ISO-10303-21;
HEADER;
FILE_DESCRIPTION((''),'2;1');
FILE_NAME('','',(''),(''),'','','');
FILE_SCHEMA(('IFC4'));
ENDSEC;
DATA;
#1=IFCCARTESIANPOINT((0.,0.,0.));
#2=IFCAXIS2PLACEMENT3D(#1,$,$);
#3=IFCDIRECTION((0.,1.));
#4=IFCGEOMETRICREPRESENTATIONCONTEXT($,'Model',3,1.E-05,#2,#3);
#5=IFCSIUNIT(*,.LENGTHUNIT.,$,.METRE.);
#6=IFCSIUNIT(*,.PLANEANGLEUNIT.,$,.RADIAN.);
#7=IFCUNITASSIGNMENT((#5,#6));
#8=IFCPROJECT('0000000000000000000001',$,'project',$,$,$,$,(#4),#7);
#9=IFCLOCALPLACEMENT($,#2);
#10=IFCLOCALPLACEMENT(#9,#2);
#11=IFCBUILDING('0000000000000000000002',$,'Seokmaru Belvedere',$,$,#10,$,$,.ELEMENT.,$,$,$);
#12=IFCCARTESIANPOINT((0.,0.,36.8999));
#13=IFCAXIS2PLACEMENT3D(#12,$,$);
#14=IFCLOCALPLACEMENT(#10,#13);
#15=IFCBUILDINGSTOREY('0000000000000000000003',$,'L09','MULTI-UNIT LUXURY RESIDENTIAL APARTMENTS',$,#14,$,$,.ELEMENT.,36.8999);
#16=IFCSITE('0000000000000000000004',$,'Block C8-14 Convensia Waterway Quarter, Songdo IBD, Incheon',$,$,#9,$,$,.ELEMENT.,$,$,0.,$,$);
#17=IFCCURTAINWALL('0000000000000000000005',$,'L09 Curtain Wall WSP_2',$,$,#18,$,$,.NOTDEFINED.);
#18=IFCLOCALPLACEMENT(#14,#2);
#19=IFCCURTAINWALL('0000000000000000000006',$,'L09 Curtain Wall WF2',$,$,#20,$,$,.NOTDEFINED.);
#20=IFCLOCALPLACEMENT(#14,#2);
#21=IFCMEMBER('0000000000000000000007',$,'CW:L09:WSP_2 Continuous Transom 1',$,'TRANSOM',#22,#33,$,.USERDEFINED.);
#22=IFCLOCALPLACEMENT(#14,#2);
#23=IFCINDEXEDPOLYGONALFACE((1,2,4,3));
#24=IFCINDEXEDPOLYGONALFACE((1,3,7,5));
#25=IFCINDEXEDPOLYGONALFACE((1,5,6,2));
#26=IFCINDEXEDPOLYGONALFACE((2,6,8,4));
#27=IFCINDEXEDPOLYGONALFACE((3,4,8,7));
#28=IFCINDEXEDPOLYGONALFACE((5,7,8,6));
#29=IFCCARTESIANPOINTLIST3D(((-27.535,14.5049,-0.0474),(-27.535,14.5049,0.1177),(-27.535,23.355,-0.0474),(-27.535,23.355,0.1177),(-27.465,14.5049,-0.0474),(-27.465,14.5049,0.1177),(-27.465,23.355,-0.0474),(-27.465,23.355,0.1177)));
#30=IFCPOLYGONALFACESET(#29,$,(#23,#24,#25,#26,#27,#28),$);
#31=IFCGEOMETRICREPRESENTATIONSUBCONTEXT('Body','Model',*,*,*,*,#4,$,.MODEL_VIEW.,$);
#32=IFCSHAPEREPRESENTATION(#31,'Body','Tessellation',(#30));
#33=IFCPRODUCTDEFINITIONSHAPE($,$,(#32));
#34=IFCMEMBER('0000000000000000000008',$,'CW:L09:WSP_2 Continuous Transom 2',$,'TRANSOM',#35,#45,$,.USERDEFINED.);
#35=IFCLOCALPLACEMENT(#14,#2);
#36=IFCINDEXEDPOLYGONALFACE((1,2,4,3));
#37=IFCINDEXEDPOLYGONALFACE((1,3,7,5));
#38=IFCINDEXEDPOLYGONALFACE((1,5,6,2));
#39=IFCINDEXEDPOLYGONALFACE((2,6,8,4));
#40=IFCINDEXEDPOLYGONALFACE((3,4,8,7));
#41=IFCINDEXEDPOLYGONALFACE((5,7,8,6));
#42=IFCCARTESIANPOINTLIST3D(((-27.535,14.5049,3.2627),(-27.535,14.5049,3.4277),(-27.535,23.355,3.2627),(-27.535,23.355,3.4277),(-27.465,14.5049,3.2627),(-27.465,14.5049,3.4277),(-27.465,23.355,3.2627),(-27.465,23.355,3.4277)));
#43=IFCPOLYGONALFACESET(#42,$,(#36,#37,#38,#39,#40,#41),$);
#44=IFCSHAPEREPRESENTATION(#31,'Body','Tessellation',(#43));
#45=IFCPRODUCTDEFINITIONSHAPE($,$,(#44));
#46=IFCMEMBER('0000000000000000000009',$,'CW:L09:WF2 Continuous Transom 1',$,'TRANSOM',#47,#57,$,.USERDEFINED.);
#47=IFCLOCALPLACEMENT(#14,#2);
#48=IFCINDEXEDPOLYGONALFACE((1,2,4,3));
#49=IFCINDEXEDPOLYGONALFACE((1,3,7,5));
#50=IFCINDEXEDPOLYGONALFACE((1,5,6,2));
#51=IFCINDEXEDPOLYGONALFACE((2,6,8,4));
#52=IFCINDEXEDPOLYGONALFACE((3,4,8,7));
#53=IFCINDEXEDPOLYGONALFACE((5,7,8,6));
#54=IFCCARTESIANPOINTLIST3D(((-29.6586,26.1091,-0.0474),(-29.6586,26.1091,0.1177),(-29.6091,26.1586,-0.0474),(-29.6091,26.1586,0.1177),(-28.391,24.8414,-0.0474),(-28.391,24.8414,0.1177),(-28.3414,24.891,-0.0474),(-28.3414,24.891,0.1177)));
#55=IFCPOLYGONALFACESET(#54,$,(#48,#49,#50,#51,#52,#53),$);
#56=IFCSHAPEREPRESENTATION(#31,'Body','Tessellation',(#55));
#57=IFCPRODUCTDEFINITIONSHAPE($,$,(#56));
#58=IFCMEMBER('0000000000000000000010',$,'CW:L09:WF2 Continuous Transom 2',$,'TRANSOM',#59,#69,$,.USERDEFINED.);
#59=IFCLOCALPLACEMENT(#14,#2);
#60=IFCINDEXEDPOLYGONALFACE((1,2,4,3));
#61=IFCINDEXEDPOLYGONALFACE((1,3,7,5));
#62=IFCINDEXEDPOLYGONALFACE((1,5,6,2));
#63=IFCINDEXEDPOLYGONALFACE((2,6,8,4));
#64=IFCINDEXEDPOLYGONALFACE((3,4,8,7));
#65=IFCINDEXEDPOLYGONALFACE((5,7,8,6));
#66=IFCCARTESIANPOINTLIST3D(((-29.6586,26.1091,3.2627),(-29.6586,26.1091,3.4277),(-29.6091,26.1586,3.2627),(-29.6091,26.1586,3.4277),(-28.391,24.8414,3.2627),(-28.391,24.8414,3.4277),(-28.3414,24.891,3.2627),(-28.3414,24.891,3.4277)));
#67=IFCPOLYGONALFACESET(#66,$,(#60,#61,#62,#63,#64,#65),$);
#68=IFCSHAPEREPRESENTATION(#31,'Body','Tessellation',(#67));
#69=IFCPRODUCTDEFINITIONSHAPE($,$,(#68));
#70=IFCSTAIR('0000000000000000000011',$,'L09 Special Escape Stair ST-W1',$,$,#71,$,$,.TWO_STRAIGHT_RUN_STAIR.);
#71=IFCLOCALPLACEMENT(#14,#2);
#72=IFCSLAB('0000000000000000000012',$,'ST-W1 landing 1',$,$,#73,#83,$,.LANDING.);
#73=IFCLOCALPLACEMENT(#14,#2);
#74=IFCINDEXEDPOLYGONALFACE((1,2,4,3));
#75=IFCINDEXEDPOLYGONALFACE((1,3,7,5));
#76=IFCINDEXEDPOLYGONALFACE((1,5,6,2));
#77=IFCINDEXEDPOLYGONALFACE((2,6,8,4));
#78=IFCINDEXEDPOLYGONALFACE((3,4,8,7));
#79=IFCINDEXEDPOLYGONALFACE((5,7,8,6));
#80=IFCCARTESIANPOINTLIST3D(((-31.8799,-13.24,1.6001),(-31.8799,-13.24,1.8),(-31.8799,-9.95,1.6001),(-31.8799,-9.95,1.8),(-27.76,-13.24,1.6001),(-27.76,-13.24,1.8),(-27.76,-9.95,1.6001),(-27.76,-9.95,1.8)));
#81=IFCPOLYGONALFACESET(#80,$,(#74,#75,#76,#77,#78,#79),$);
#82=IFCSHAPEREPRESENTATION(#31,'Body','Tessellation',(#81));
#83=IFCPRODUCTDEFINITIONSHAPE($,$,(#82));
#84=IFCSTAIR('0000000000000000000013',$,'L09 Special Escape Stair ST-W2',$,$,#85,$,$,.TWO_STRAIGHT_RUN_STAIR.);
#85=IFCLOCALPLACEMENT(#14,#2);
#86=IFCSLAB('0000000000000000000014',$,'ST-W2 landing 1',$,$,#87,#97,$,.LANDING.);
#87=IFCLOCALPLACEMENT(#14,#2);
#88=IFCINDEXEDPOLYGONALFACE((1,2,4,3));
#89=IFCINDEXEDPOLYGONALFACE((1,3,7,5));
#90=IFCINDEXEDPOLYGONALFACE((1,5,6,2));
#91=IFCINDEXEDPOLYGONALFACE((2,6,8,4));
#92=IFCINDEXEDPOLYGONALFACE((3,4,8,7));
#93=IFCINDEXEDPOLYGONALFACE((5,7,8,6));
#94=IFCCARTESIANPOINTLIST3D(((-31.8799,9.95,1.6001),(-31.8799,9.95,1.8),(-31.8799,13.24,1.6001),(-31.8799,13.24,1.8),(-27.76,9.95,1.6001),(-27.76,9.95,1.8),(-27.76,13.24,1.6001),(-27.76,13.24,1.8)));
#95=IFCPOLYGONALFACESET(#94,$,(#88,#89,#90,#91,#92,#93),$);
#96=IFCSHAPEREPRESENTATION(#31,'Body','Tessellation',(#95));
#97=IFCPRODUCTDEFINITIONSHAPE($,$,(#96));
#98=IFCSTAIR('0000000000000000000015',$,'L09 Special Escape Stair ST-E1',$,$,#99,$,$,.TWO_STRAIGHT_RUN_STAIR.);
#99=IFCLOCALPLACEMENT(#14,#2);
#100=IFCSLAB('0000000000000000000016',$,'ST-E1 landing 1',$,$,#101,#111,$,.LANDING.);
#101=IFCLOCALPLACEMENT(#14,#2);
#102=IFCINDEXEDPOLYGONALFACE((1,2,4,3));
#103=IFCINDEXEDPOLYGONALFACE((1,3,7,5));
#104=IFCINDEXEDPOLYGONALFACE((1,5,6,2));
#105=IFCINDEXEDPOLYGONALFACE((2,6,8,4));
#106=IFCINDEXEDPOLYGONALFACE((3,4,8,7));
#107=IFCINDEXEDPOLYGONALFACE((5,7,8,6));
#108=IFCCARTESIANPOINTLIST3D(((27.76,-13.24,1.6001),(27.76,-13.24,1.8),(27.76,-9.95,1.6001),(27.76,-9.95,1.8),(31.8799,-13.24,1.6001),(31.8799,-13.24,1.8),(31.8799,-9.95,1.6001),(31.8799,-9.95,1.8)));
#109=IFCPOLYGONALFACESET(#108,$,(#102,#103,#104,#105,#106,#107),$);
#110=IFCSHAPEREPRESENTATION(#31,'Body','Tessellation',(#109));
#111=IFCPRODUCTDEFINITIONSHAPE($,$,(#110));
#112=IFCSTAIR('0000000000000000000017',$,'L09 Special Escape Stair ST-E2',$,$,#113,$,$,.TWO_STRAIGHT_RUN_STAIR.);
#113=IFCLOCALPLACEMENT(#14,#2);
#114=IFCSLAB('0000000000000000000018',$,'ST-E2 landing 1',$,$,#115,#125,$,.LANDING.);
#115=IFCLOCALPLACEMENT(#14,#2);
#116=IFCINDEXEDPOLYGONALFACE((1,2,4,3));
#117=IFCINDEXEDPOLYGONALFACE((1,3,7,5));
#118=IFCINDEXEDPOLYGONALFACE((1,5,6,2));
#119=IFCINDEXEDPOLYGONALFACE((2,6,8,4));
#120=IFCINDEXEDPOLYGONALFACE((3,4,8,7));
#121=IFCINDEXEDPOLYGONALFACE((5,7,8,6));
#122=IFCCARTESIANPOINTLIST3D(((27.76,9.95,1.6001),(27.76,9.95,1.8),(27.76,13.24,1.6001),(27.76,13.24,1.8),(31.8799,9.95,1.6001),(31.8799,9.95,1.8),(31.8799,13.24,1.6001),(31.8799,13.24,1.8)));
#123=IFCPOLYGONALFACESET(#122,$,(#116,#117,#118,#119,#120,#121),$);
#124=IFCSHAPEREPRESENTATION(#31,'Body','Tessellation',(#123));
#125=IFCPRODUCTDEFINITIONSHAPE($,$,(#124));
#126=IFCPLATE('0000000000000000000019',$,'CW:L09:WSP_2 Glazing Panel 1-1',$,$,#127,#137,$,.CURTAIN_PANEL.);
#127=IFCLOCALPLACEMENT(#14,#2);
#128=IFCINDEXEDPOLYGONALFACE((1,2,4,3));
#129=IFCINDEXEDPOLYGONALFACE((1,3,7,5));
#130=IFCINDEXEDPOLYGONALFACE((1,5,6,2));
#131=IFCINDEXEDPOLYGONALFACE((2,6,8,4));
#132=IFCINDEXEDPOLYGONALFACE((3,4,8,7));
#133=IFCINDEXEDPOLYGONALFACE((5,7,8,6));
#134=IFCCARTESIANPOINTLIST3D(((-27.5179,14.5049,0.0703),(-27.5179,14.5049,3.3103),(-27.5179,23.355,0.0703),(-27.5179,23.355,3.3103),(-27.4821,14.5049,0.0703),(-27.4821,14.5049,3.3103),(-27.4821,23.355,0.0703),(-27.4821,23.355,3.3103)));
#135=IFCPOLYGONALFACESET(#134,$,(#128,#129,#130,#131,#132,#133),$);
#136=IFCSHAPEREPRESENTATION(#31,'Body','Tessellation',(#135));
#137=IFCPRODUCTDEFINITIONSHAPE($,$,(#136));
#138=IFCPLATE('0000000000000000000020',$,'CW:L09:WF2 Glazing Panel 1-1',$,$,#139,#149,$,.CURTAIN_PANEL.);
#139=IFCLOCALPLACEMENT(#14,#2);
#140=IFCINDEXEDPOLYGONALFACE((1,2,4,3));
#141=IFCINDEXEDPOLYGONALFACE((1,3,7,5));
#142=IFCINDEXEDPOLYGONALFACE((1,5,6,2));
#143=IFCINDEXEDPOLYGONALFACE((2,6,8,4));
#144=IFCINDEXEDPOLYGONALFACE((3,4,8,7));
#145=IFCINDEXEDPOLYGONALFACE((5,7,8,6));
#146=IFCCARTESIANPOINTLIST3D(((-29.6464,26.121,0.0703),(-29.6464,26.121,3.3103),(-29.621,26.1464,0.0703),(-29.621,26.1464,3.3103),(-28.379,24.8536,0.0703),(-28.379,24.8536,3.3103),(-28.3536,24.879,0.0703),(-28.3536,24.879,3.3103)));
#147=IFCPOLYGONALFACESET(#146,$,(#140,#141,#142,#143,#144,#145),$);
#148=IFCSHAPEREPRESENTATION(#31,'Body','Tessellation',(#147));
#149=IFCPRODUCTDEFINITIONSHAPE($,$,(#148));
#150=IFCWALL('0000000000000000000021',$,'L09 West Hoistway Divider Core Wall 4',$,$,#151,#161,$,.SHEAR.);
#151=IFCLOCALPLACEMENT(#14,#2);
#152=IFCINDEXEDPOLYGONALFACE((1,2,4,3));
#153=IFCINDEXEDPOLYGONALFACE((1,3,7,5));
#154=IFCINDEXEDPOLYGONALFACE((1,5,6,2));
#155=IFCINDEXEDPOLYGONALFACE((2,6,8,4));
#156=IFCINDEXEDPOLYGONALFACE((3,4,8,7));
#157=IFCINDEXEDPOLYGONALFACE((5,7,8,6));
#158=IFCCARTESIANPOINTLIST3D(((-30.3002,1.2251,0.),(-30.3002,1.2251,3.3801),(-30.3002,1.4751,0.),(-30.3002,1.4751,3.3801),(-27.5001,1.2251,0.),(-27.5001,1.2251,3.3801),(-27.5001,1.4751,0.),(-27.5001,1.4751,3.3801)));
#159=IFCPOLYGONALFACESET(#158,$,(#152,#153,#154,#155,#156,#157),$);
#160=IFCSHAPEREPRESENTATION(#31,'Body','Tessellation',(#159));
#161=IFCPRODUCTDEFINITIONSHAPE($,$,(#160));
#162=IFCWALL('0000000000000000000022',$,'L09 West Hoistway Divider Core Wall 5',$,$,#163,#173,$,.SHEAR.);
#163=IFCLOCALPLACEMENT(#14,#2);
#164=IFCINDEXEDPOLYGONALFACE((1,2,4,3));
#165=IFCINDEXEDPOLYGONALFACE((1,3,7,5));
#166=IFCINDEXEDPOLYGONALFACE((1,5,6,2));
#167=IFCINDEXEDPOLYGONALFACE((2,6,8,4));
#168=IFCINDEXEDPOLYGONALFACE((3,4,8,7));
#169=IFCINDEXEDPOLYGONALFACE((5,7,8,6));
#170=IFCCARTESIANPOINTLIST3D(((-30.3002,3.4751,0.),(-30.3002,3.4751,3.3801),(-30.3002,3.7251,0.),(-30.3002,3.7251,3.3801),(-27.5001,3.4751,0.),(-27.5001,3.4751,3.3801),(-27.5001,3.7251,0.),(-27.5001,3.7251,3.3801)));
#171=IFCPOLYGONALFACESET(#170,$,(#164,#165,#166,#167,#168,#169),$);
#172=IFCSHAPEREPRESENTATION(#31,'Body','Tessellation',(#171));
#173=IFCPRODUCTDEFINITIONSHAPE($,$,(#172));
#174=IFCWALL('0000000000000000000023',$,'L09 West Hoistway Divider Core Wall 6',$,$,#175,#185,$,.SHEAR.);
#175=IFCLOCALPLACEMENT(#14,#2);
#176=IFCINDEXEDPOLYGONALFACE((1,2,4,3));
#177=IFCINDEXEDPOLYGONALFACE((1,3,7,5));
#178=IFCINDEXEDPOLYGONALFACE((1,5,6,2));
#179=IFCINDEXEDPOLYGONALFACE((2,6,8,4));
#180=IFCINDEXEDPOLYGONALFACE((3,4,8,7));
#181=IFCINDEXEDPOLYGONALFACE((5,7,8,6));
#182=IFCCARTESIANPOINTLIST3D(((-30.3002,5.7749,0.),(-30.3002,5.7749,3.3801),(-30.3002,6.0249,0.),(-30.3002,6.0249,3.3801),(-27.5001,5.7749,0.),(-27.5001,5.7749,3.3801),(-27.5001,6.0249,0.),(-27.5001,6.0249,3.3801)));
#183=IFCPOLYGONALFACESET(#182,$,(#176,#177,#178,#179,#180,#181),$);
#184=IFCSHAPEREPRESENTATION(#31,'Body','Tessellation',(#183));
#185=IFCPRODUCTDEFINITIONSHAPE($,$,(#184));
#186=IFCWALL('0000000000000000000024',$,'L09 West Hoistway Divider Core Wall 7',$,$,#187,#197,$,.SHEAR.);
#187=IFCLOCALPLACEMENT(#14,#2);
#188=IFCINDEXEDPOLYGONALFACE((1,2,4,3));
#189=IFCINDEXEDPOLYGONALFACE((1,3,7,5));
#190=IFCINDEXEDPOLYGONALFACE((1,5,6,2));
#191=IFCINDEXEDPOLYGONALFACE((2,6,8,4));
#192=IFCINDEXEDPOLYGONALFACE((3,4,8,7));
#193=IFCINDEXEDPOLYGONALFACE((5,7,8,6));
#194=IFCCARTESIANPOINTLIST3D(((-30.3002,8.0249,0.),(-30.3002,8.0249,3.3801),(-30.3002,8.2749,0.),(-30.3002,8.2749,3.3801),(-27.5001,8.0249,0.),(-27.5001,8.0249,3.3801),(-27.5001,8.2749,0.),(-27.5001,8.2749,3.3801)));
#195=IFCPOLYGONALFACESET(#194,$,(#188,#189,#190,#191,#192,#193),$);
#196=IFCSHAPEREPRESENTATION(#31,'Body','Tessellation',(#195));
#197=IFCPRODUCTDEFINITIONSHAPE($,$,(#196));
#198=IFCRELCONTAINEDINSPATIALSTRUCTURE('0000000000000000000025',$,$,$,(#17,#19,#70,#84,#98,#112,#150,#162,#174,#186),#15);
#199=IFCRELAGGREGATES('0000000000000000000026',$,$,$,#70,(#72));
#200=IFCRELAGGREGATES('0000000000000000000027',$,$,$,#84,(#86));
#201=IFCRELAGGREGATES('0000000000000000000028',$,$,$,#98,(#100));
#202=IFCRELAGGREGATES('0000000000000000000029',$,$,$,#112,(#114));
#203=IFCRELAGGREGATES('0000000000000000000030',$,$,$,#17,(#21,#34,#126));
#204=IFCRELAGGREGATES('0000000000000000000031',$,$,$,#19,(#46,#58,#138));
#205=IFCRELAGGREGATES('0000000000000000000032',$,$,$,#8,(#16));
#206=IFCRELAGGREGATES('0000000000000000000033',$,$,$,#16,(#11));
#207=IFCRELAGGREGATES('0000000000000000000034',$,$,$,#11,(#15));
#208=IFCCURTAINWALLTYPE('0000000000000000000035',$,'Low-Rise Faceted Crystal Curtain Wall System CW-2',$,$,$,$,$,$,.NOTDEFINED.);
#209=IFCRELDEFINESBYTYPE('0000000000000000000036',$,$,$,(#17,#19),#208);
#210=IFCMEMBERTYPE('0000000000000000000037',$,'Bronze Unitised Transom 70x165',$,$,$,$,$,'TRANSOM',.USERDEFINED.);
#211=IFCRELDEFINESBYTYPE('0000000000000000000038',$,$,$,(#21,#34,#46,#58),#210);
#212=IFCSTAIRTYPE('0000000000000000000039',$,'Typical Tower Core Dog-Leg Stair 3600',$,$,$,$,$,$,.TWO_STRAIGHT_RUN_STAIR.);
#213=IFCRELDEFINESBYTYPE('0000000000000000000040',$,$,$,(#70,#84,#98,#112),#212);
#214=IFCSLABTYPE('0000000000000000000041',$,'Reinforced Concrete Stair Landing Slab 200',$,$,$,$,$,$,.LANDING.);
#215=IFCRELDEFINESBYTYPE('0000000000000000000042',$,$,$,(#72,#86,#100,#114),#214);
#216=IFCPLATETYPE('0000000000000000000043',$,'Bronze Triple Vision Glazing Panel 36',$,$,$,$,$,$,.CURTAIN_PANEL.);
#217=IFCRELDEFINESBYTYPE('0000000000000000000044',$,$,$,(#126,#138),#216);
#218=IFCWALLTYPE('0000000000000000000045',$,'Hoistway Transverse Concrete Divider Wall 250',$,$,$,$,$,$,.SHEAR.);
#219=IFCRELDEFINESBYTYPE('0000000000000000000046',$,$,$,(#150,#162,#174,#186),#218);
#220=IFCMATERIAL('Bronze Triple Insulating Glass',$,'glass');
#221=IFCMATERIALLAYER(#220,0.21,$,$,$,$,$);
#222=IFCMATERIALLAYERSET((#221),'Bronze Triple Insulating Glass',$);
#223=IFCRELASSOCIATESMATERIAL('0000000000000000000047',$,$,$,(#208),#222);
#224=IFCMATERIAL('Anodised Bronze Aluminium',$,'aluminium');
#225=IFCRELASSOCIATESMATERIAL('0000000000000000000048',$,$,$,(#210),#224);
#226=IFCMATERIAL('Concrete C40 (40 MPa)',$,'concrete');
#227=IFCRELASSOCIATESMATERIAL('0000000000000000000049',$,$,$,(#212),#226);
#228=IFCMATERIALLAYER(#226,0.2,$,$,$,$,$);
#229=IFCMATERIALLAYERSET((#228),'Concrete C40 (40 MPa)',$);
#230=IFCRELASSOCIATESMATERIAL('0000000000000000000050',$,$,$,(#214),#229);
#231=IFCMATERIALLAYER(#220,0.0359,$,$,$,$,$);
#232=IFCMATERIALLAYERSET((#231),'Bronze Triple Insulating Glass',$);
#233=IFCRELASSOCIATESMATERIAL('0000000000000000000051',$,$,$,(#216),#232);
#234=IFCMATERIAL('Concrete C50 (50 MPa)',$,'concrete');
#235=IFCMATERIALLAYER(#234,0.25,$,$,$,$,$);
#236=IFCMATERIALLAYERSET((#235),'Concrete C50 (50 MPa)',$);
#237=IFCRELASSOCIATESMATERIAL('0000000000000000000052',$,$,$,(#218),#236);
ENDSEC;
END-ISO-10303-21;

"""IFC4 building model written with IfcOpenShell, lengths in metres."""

from ifc_helpers import new_model, si_unit, direction, frame, frame_2d, origin, origin_2d, place, context, subcontext, project, spatial, polyline, rectangle, outline, extrude, source, transform, mapped, material, layer, layer_set, material_profile, profile_set, type_object, type_shapes, element, aggregate, save


model = new_model("IFC4")

# Units and contexts
model_context = context("Model", 3, precision=1e-05, world=origin(), true_north=direction((0.0, 1.0)))
body_context = subcontext(model_context, "Body", "Model", "MODEL_VIEW")
ifc_project = project(units=[si_unit("LENGTHUNIT", "METRE"), si_unit("PLANEANGLEUNIT", "RADIAN")], contexts=[model_context])

# Site, building, storey
site_placement = place(None, origin())
site = spatial("IfcSite", under=ifc_project, at=site_placement, Name="Block C8-14 Convensia Waterway Quarter, Songdo IBD, Incheon", CompositionType="ELEMENT", RefElevation=0.0)
building_placement = place(site_placement, origin())
building = spatial("IfcBuilding", under=site, at=building_placement, Name="Seokmaru Belvedere", CompositionType="ELEMENT")
storey_placement = place(building_placement, frame((0.0, 0.0, 36.8999)))
storey = spatial("IfcBuildingStorey", under=building, at=storey_placement, Name="L09", Description="MULTI-UNIT LUXURY RESIDENTIAL APARTMENTS", CompositionType="ELEMENT", Elevation=36.8999)

# Curtain walls
ifc_material_1 = material(Name="Bronze Triple Insulating Glass", Category="glass")
ifc_layer_1 = layer(ifc_material_1, 0.21)
ifc_layer_set_1 = layer_set([ifc_layer_1], Name="Bronze Triple Insulating Glass")
curtain_wall_type = type_object("IfcCurtainWallType", Name="Low-Rise Faceted Crystal Curtain Wall System CW-2", PredefinedType="NOTDEFINED", material=ifc_layer_set_1)
curtain_wall_1_placement = place(storey_placement, origin())
curtain_wall_1 = element("IfcCurtainWall", 1, at=curtain_wall_1_placement, inside=storey, type_object=curtain_wall_type, Name="L09 Curtain Wall WSP_2", PredefinedType="NOTDEFINED")
ifc_material_2 = material(Name="Anodised Bronze Aluminium", Category="aluminium")
curtain_wall_2_placement = place(storey_placement, origin())
curtain_wall_2 = element("IfcCurtainWall", 2, at=curtain_wall_2_placement, inside=storey, type_object=curtain_wall_type, Name="L09 Curtain Wall WF2", PredefinedType="NOTDEFINED")

# Members
ifc_material_profile_1 = material_profile(ifc_material_2, rectangle(XDim=0.0701, YDim=0.165, at=origin_2d()), Name="CW-T-70x165")
ifc_profile_set_1 = profile_set([ifc_material_profile_1], Name="Anodised Bronze Aluminium")
member_type_1 = type_object("IfcMemberType", Name="Bronze Unitised Transom 70x165", ElementType="TRANSOM", PredefinedType="USERDEFINED", material=ifc_profile_set_1)
shared_shape_1 = source(origin(), body_context, "Body", "SweptSolid", [
    extrude(rectangle(XDim=0.0701, YDim=0.165, at=origin_2d()), origin(), (0.0, 0.0, 1.0), 8.8501),
])
member_1_placement = place(storey_placement, frame((-27.5, 14.5049, 0.0352), z_axis=(0.0, 1.0, 0.0), x_axis=(-1.0, 0.0, 0.0)))
member_1 = element("IfcMember", 3, at=member_1_placement, type_object=member_type_1, Name="CW:L09:WSP_2 Continuous Transom 1", ObjectType="TRANSOM", PredefinedType="USERDEFINED", context=body_context, shape_type="MappedRepresentation", body=[
    mapped(shared_shape_1, transform((0.0, 0.0, 0.0), scale=1.0)),
])
member_2_placement = place(storey_placement, frame((-27.5, 14.5049, 3.3452), z_axis=(0.0, 1.0, 0.0), x_axis=(-1.0, 0.0, 0.0)))
member_2 = element("IfcMember", 4, at=member_2_placement, type_object=member_type_1, Name="CW:L09:WSP_2 Continuous Transom 2", ObjectType="TRANSOM", PredefinedType="USERDEFINED", context=body_context, shape_type="MappedRepresentation", body=[
    mapped(shared_shape_1, transform((0.0, 0.0, 0.0), scale=1.0)),
])
shared_shape_2 = source(origin(), body_context, "Body", "SweptSolid", [
    extrude(rectangle(XDim=0.0701, YDim=0.165, at=origin_2d()), origin(), (0.0, 0.0, 1.0), 1.7927),
])
type_shapes(member_type_1, [shared_shape_1, shared_shape_2])
member_3_placement = place(storey_placement, frame((-28.3662, 24.8662, 0.0352), z_axis=(-0.707107, 0.707107, 0.0), x_axis=(-0.707107, -0.707107, 0.0)))
member_3 = element("IfcMember", 5, at=member_3_placement, type_object=member_type_1, Name="CW:L09:WF2 Continuous Transom 1", ObjectType="TRANSOM", PredefinedType="USERDEFINED", context=body_context, shape_type="MappedRepresentation", body=[
    mapped(shared_shape_2, transform((0.0, 0.0, 0.0), scale=1.0)),
])
member_4_placement = place(storey_placement, frame((-28.3662, 24.8662, 3.3452), z_axis=(-0.707107, 0.707107, 0.0), x_axis=(-0.707107, -0.707107, 0.0)))
member_4 = element("IfcMember", 6, at=member_4_placement, type_object=member_type_1, Name="CW:L09:WF2 Continuous Transom 2", ObjectType="TRANSOM", PredefinedType="USERDEFINED", context=body_context, shape_type="MappedRepresentation", body=[
    mapped(shared_shape_2, transform((0.0, 0.0, 0.0), scale=1.0)),
])

# Stairs, slabs
ifc_material_3 = material(Name="Concrete C40 (40 MPa)", Category="concrete")
stair_type = type_object("IfcStairType", Name="Typical Tower Core Dog-Leg Stair 3600", PredefinedType="TWO_STRAIGHT_RUN_STAIR", material=ifc_material_3)
stair_1_placement = place(storey_placement, origin())
stair_1 = element("IfcStair", 7, at=stair_1_placement, inside=storey, type_object=stair_type, Name="L09 Special Escape Stair ST-W1", PredefinedType="TWO_STRAIGHT_RUN_STAIR")
ifc_layer_2 = layer(ifc_material_3, 0.2)
ifc_layer_set_2 = layer_set([ifc_layer_2], Name="Concrete C40 (40 MPa)")
slab_type = type_object("IfcSlabType", Name="Reinforced Concrete Stair Landing Slab 200", PredefinedType="LANDING", material=ifc_layer_set_2)
slab_1_placement = place(storey_placement, frame((0.0, 0.0, 1.6001)))
slab_1 = element("IfcSlab", 8, at=slab_1_placement, type_object=slab_type, Name="ST-W1 landing 1", PredefinedType="LANDING", context=body_context, shape_type="SweptSolid", body=[
    extrude(outline(polyline([(-31.8799, -13.24), (-27.76, -13.24), (-27.76, -9.95), (-31.8799, -9.95), (-31.8799, -13.24)])), origin(), (0.0, 0.0, 1.0), 0.2),
])
aggregate(stair_1, [slab_1])
stair_2_placement = place(storey_placement, origin())
stair_2 = element("IfcStair", 9, at=stair_2_placement, inside=storey, type_object=stair_type, Name="L09 Special Escape Stair ST-W2", PredefinedType="TWO_STRAIGHT_RUN_STAIR")
slab_2_placement = place(storey_placement, frame((0.0, 0.0, 1.6001)))
slab_2 = element("IfcSlab", 10, at=slab_2_placement, type_object=slab_type, Name="ST-W2 landing 1", PredefinedType="LANDING", context=body_context, shape_type="SweptSolid", body=[
    extrude(outline(polyline([(-31.8799, 9.95), (-27.76, 9.95), (-27.76, 13.24), (-31.8799, 13.24), (-31.8799, 9.95)])), origin(), (0.0, 0.0, 1.0), 0.2),
])
aggregate(stair_2, [slab_2])
stair_3_placement = place(storey_placement, origin())
stair_3 = element("IfcStair", 11, at=stair_3_placement, inside=storey, type_object=stair_type, Name="L09 Special Escape Stair ST-E1", PredefinedType="TWO_STRAIGHT_RUN_STAIR")
slab_3_placement = place(storey_placement, frame((0.0, 0.0, 1.6001)))
slab_3 = element("IfcSlab", 12, at=slab_3_placement, type_object=slab_type, Name="ST-E1 landing 1", PredefinedType="LANDING", context=body_context, shape_type="SweptSolid", body=[
    extrude(outline(polyline([(27.76, -13.24), (31.8799, -13.24), (31.8799, -9.95), (27.76, -9.95), (27.76, -13.24)])), origin(), (0.0, 0.0, 1.0), 0.2),
])
aggregate(stair_3, [slab_3])
stair_4_placement = place(storey_placement, origin())
stair_4 = element("IfcStair", 13, at=stair_4_placement, inside=storey, type_object=stair_type, Name="L09 Special Escape Stair ST-E2", PredefinedType="TWO_STRAIGHT_RUN_STAIR")
slab_4_placement = place(storey_placement, frame((0.0, 0.0, 1.6001)))
slab_4 = element("IfcSlab", 14, at=slab_4_placement, type_object=slab_type, Name="ST-E2 landing 1", PredefinedType="LANDING", context=body_context, shape_type="SweptSolid", body=[
    extrude(outline(polyline([(27.76, 9.95), (31.8799, 9.95), (31.8799, 13.24), (27.76, 13.24), (27.76, 9.95)])), origin(), (0.0, 0.0, 1.0), 0.2),
])
aggregate(stair_4, [slab_4])

# Plates
ifc_layer_3 = layer(ifc_material_1, 0.0359)
ifc_layer_set_3 = layer_set([ifc_layer_3], Name="Bronze Triple Insulating Glass")
plate_type = type_object("IfcPlateType", Name="Bronze Triple Vision Glazing Panel 36", PredefinedType="CURTAIN_PANEL", material=ifc_layer_set_3)
shared_shape_3 = source(origin(), body_context, "Body", "SweptSolid", [
    extrude(rectangle(XDim=8.8501, YDim=0.0359, at=origin_2d()), origin(), (0.0, 0.0, 1.0), 3.24),
])
plate_1_placement = place(storey_placement, frame((-27.5, 18.9299, 0.0703), z_axis=(0.0, 0.0, 1.0), x_axis=(0.0, 1.0, 0.0)))
plate_1 = element("IfcPlate", 15, at=plate_1_placement, type_object=plate_type, Name="CW:L09:WSP_2 Glazing Panel 1-1", PredefinedType="CURTAIN_PANEL", context=body_context, shape_type="MappedRepresentation", body=[
    mapped(shared_shape_3, transform((0.0, 0.0, 0.0), scale=1.0)),
])
aggregate(curtain_wall_1, [member_1, member_2, plate_1])
shared_shape_4 = source(origin(), body_context, "Body", "SweptSolid", [
    extrude(rectangle(XDim=1.7925, YDim=0.0359, at=origin_2d()), origin(), (0.0, 0.0, 1.0), 3.24),
])
type_shapes(plate_type, [shared_shape_3, shared_shape_4])
plate_2_placement = place(storey_placement, frame((-29.0, 25.5, 0.0703), z_axis=(0.0, 0.0, 1.0), x_axis=(-0.707107, 0.707107, 0.0)))
plate_2 = element("IfcPlate", 16, at=plate_2_placement, type_object=plate_type, Name="CW:L09:WF2 Glazing Panel 1-1", PredefinedType="CURTAIN_PANEL", context=body_context, shape_type="MappedRepresentation", body=[
    mapped(shared_shape_4, transform((0.0, 0.0, 0.0), scale=1.0)),
])
aggregate(curtain_wall_2, [member_3, member_4, plate_2])

# Walls
ifc_material_4 = material(Name="Concrete C50 (50 MPa)", Category="concrete")
ifc_layer_4 = layer(ifc_material_4, 0.25)
ifc_layer_set_4 = layer_set([ifc_layer_4], Name="Concrete C50 (50 MPa)")
wall_type_1 = type_object("IfcWallType", Name="Hoistway Transverse Concrete Divider Wall 250", PredefinedType="SHEAR", material=ifc_layer_set_4)
for number, where, z_axis, x_axis, name in (
    (17, (-30.3, 1.3501, 0.0), (0.0, 0.0, 1.0), (1.0, 0.0, 0.0), "L09 West Hoistway Divider Core Wall 4"),
    (18, (-30.3, 3.6001, 0.0), (0.0, 0.0, 1.0), (1.0, 0.0, 0.0), "L09 West Hoistway Divider Core Wall 5"),
    (19, (-30.3, 5.8999, 0.0), (0.0, 0.0, 1.0), (1.0, 0.0, 0.0), "L09 West Hoistway Divider Core Wall 6"),
    (20, (-30.3, 8.1499, 0.0), (0.0, 0.0, 1.0), (1.0, 0.0, 0.0), "L09 West Hoistway Divider Core Wall 7"),
):
    element("IfcWall", number, at=place(storey_placement, frame(where, z_axis=z_axis, x_axis=x_axis)), inside=storey, type_object=wall_type_1, Name=name, PredefinedType="SHEAR", context=body_context, shape_type="SweptSolid", body=[
        extrude(rectangle(XDim=2.8, YDim=0.25, at=frame_2d((1.3999, 0.0))), origin(), (0.0, 0.0, 1.0), 3.3801),
    ])

save(model, "model.ifc")
